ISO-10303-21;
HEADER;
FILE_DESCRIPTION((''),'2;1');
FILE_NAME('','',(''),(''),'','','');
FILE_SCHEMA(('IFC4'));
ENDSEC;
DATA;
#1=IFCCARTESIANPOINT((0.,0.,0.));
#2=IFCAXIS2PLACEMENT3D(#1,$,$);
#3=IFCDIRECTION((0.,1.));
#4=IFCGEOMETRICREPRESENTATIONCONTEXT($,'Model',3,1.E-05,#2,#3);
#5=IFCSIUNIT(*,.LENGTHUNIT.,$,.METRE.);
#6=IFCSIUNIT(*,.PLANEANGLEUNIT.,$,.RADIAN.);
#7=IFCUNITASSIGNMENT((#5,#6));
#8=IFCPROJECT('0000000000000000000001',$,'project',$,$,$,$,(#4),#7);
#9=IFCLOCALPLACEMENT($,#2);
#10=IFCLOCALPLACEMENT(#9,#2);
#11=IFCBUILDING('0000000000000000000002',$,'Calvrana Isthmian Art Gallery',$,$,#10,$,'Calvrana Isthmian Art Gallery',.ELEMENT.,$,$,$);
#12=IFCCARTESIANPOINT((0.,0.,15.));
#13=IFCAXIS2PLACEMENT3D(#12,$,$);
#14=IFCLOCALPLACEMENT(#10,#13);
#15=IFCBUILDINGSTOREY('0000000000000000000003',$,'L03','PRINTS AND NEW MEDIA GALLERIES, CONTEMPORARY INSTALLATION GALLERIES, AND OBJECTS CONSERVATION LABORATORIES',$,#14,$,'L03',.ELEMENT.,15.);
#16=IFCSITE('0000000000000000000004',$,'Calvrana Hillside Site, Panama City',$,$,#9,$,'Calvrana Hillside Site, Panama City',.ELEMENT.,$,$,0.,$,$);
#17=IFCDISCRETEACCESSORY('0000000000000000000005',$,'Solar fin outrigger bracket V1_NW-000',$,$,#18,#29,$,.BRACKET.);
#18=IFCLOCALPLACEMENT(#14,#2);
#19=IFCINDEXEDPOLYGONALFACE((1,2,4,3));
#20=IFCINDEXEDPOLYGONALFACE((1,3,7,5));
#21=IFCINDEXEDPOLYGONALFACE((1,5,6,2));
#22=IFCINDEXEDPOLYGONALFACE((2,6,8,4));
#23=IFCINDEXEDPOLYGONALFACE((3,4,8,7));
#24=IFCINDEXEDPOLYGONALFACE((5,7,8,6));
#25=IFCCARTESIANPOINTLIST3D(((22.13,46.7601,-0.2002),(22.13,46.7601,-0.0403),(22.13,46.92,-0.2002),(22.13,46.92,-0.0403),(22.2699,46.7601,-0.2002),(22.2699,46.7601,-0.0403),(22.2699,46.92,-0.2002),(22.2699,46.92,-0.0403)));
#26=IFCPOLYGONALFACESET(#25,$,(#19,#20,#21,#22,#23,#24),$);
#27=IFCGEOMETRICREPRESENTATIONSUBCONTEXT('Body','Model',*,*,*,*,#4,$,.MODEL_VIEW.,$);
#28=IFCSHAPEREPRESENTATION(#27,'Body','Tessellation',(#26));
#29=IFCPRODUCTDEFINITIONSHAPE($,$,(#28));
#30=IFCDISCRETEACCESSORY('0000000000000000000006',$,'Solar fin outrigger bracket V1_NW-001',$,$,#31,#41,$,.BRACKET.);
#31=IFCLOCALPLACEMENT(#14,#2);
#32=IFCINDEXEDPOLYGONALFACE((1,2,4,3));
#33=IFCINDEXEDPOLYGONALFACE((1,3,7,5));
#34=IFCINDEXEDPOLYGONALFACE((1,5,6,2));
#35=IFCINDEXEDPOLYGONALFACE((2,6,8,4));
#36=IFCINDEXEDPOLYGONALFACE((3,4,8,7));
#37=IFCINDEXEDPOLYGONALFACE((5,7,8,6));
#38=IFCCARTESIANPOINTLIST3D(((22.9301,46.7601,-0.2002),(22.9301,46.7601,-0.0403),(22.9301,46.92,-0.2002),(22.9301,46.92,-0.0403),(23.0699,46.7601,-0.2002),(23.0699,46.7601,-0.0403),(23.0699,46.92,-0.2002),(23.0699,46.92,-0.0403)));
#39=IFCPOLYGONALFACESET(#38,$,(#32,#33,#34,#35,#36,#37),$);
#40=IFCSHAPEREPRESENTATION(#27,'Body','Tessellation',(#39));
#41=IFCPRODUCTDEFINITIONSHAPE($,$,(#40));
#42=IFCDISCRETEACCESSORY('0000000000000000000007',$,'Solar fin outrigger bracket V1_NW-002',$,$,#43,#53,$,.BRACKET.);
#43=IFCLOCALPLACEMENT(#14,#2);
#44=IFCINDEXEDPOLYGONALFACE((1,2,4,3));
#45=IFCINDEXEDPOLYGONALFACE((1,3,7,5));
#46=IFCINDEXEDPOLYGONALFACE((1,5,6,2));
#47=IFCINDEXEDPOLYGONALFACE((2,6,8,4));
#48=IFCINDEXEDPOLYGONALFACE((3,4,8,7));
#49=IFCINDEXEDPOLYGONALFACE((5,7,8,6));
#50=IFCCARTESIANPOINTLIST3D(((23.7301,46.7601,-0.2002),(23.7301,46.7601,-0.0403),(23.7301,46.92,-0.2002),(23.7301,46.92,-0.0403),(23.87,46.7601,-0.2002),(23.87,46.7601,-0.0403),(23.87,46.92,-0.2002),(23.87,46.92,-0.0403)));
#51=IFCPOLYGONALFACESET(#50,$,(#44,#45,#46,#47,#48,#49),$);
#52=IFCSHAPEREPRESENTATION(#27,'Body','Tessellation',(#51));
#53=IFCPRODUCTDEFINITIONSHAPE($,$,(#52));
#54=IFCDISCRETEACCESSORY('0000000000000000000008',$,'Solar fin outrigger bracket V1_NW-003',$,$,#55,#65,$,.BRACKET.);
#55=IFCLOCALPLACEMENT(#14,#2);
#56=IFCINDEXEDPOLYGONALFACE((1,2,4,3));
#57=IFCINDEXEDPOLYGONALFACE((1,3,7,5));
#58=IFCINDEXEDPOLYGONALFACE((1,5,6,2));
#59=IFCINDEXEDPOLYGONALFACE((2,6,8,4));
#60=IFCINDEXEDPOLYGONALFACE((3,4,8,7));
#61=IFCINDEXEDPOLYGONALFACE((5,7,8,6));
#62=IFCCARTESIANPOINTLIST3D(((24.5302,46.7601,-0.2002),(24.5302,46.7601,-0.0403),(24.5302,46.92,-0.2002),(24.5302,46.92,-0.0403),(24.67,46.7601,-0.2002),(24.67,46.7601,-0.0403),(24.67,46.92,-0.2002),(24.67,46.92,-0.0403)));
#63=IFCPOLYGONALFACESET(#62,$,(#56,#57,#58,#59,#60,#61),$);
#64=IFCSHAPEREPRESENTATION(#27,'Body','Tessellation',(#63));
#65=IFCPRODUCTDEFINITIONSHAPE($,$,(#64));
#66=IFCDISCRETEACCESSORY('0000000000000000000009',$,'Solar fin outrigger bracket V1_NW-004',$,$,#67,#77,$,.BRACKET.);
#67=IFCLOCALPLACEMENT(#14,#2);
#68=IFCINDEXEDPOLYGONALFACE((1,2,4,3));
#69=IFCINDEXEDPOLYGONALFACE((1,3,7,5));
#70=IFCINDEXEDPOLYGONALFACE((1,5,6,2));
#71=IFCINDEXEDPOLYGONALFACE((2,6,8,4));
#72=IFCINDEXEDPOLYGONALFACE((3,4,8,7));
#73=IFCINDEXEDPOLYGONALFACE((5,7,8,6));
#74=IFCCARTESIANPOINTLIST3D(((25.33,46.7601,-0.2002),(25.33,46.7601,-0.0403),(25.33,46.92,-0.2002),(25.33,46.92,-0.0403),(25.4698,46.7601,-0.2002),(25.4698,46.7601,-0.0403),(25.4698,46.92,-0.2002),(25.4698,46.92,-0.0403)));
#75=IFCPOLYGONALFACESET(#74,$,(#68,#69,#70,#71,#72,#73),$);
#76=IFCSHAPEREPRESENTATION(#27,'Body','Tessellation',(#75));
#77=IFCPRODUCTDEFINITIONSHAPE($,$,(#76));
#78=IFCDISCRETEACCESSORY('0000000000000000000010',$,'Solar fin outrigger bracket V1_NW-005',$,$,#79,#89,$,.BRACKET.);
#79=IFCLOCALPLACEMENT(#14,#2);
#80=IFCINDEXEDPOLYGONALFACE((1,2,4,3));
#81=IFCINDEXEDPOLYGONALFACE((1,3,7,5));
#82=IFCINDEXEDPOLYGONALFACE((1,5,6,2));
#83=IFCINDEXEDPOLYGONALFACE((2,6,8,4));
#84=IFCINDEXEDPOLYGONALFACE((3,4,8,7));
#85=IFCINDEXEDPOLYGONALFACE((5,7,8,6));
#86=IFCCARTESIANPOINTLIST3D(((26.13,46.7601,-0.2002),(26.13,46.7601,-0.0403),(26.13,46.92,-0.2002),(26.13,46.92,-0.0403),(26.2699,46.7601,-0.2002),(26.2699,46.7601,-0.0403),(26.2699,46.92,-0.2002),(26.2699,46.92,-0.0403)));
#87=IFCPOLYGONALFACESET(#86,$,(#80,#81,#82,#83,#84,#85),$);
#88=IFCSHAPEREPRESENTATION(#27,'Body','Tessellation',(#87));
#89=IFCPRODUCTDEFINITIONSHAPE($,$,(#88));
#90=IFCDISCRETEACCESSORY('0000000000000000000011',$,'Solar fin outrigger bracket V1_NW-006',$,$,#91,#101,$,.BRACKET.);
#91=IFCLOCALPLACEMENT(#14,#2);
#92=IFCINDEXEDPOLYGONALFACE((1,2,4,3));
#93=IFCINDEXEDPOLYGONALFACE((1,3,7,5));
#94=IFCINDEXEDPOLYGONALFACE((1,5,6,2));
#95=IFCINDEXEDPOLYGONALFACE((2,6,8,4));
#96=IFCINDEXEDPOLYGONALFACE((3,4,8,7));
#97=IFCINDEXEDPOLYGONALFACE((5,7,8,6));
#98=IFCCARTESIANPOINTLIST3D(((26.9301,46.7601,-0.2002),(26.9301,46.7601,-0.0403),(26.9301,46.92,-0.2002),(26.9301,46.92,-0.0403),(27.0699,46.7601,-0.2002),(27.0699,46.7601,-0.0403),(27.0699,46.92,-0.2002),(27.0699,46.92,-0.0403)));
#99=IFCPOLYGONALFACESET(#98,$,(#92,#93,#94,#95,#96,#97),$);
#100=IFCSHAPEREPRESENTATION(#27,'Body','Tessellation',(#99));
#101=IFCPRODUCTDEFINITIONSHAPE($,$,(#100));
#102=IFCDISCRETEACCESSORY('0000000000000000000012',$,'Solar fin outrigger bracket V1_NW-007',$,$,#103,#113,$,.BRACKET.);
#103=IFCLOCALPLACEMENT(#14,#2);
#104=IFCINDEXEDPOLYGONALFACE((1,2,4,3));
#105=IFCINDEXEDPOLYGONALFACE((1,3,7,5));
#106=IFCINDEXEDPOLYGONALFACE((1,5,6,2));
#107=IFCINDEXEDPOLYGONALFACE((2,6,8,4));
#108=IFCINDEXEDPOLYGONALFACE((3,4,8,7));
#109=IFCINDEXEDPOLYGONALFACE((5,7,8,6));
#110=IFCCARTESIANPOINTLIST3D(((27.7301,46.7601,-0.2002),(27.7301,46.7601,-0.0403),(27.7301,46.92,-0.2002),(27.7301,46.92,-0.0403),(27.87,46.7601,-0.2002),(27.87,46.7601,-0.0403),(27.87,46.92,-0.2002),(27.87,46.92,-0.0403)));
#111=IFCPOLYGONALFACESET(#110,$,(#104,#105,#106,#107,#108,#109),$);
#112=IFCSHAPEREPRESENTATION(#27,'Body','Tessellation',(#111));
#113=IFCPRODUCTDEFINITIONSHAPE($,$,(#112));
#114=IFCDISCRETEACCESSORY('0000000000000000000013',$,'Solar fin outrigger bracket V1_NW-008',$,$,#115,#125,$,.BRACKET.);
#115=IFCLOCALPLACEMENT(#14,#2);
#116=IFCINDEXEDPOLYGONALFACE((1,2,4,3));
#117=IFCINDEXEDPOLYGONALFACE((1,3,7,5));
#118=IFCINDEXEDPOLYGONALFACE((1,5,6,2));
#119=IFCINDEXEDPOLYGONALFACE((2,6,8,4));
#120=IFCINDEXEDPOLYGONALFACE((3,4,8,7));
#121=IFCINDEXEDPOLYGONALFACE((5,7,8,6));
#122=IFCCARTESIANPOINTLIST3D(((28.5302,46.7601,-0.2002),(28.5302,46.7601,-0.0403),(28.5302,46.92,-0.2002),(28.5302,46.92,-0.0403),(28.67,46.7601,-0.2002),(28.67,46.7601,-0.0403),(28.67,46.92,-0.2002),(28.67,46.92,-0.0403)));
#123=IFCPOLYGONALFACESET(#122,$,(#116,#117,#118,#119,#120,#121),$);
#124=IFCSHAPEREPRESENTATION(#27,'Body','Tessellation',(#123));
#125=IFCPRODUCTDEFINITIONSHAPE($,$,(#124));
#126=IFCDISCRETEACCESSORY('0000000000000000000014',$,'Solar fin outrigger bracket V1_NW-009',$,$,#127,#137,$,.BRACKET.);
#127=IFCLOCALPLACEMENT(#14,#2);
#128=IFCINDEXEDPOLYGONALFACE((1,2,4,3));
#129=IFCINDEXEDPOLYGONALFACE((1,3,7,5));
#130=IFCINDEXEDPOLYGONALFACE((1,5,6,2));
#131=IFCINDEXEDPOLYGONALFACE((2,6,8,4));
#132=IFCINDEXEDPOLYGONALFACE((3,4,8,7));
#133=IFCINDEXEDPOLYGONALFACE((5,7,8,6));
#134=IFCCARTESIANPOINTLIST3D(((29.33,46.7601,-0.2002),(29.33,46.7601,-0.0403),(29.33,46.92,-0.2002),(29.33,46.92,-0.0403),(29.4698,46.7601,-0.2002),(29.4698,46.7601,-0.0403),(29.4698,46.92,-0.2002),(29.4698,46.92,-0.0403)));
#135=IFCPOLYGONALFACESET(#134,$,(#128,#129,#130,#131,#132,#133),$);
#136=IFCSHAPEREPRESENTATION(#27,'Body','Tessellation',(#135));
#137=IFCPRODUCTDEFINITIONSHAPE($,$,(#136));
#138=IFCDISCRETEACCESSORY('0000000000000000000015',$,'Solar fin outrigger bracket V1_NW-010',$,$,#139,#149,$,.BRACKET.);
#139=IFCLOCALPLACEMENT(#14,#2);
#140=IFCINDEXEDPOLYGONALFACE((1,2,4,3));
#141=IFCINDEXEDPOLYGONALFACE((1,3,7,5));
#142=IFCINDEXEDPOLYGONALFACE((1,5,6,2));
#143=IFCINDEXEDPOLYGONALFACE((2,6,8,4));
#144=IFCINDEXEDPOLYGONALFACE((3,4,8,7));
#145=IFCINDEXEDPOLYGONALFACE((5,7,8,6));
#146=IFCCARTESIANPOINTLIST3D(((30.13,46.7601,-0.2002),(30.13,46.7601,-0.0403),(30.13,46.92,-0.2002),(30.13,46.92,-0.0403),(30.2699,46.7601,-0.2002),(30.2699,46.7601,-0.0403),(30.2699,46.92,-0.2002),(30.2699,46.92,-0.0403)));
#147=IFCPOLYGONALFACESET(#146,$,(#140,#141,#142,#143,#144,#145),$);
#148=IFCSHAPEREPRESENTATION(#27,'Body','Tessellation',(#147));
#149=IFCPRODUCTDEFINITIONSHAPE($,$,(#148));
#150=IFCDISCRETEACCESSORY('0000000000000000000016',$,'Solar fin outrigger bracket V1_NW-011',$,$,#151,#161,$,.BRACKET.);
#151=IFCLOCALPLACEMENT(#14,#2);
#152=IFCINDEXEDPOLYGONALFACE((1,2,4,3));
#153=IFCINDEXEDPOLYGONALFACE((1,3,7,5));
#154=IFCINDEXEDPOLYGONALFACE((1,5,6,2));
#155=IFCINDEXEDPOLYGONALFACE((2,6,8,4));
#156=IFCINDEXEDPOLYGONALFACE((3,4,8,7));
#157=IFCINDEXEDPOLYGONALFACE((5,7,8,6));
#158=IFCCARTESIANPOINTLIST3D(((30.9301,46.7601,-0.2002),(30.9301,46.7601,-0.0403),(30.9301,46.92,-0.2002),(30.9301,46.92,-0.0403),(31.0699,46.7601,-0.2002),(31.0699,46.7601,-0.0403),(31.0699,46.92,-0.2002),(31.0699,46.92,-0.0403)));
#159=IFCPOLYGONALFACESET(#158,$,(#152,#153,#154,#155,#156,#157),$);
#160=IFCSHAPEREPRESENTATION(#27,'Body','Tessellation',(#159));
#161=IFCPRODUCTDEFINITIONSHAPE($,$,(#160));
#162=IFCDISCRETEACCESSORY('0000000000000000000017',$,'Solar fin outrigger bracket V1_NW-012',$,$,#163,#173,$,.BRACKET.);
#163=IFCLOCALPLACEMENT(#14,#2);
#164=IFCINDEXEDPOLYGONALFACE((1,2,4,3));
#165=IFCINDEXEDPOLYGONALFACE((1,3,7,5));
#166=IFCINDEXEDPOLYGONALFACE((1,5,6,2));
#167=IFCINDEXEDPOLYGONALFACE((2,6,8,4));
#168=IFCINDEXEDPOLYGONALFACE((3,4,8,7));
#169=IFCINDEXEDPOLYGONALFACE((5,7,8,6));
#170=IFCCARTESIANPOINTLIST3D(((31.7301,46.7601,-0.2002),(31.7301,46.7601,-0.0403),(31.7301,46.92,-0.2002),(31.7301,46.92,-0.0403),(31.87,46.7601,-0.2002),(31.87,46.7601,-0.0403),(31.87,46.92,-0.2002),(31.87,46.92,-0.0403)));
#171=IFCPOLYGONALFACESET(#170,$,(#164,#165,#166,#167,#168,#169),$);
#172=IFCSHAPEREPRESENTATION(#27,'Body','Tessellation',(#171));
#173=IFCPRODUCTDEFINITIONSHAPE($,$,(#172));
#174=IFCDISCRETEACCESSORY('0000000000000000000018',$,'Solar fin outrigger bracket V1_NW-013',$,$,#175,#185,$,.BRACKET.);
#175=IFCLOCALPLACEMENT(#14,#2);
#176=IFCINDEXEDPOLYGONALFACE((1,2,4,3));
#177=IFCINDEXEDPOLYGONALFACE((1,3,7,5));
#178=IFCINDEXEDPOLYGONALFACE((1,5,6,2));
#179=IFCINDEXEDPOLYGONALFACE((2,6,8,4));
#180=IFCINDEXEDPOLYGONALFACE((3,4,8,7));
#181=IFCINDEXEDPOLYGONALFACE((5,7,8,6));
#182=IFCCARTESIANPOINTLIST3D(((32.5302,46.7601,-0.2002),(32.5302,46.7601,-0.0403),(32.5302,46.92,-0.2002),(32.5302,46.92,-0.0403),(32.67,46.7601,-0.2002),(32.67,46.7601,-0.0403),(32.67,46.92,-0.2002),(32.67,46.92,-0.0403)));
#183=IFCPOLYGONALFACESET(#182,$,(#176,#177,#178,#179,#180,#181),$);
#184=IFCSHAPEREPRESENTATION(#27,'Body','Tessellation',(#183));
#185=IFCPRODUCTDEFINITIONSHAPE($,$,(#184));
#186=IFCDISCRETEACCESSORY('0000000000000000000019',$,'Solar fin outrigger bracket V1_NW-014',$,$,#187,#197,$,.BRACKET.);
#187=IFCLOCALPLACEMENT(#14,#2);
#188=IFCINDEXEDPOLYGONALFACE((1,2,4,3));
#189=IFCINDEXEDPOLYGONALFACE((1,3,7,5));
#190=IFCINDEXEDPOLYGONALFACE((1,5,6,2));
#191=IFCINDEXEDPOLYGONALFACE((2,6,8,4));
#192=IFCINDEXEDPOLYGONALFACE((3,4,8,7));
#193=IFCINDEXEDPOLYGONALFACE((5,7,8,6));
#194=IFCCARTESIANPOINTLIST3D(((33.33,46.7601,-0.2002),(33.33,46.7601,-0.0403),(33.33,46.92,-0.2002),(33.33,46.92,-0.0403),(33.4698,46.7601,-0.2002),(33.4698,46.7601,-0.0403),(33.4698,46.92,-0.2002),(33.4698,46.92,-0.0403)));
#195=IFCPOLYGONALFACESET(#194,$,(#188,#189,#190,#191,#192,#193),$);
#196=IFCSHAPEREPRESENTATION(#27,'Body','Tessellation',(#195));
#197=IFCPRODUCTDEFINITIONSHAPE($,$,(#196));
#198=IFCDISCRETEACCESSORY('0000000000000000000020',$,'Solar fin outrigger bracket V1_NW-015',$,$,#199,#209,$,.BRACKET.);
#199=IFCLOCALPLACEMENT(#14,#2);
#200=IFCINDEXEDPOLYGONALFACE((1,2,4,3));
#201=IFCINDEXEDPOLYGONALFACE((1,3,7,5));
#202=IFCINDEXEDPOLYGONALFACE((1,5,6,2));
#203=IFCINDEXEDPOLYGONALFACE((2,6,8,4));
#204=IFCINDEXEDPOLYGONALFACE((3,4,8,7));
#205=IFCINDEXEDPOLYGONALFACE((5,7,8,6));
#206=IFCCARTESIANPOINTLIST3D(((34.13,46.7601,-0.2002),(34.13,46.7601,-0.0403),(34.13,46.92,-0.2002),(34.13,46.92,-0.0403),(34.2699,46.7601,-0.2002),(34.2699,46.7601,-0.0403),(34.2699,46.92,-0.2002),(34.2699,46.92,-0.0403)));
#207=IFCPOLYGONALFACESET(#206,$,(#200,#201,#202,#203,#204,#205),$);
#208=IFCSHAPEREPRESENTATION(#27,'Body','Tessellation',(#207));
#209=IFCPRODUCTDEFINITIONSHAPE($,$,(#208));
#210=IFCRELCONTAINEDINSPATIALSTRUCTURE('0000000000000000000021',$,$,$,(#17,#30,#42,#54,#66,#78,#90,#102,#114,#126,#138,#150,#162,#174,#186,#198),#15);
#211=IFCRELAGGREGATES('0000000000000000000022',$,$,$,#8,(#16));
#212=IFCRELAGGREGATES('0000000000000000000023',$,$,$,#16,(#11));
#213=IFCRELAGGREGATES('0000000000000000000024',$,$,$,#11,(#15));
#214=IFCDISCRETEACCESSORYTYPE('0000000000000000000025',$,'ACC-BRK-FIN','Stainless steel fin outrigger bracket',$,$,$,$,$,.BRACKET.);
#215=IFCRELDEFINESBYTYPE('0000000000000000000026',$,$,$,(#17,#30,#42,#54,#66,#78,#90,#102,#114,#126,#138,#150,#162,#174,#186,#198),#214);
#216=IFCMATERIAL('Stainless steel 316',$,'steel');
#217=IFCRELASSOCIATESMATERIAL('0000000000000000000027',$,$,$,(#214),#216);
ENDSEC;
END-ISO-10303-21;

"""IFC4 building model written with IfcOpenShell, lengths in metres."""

from ifc_helpers import new_model, si_unit, direction, frame, origin, origin_2d, place, context, subcontext, project, spatial, rectangle, extrude, material, type_object, element, save


model = new_model("IFC4")

# Units and contexts
model_context = context("Model", 3, precision=1e-05, world=origin(), true_north=direction((0.0, 1.0)))
body_context = subcontext(model_context, "Body", "Model", "MODEL_VIEW")
ifc_project = project(units=[si_unit("LENGTHUNIT", "METRE"), si_unit("PLANEANGLEUNIT", "RADIAN")], contexts=[model_context])

# Site, building, storey
site_placement = place(None, origin())
site = spatial("IfcSite", under=ifc_project, at=site_placement, Name="Calvrana Hillside Site, Panama City", LongName="Calvrana Hillside Site, Panama City", CompositionType="ELEMENT", RefElevation=0.0)
building_placement = place(site_placement, origin())
building = spatial("IfcBuilding", under=site, at=building_placement, Name="Calvrana Isthmian Art Gallery", LongName="Calvrana Isthmian Art Gallery", CompositionType="ELEMENT")
storey_placement = place(building_placement, frame((0.0, 0.0, 15.0)))
storey = spatial("IfcBuildingStorey", under=building, at=storey_placement, Name="L03", Description="PRINTS AND NEW MEDIA GALLERIES, CONTEMPORARY INSTALLATION GALLERIES, AND OBJECTS CONSERVATION LABORATORIES", LongName="L03", CompositionType="ELEMENT", Elevation=15.0)

# Discrete accessories
ifc_material_1 = material(Name="Stainless steel 316", Category="steel")
discrete_accessory_type = type_object("IfcDiscreteAccessoryType", Name="ACC-BRK-FIN", Description="Stainless steel fin outrigger bracket", PredefinedType="BRACKET", material=ifc_material_1)
for number, where, z_axis, x_axis, name in (
    (1, (22.2, 46.8401, -0.2002), (0.0, 0.0, 1.0), (1.0, 0.0, 0.0), "Solar fin outrigger bracket V1_NW-000"),
    (2, (23.0, 46.8401, -0.2002), (0.0, 0.0, 1.0), (1.0, 0.0, 0.0), "Solar fin outrigger bracket V1_NW-001"),
    (3, (23.8, 46.8401, -0.2002), (0.0, 0.0, 1.0), (1.0, 0.0, 0.0), "Solar fin outrigger bracket V1_NW-002"),
    (4, (24.6001, 46.8401, -0.2002), (0.0, 0.0, 1.0), (1.0, 0.0, 0.0), "Solar fin outrigger bracket V1_NW-003"),
    (5, (25.3999, 46.8401, -0.2002), (0.0, 0.0, 1.0), (1.0, 0.0, 0.0), "Solar fin outrigger bracket V1_NW-004"),
    (6, (26.2, 46.8401, -0.2002), (0.0, 0.0, 1.0), (1.0, 0.0, 0.0), "Solar fin outrigger bracket V1_NW-005"),
    (7, (27.0, 46.8401, -0.2002), (0.0, 0.0, 1.0), (1.0, 0.0, 0.0), "Solar fin outrigger bracket V1_NW-006"),
    (8, (27.8, 46.8401, -0.2002), (0.0, 0.0, 1.0), (1.0, 0.0, 0.0), "Solar fin outrigger bracket V1_NW-007"),
    (9, (28.6001, 46.8401, -0.2002), (0.0, 0.0, 1.0), (1.0, 0.0, 0.0), "Solar fin outrigger bracket V1_NW-008"),
    (10, (29.3999, 46.8401, -0.2002), (0.0, 0.0, 1.0), (1.0, 0.0, 0.0), "Solar fin outrigger bracket V1_NW-009"),
    (11, (30.2, 46.8401, -0.2002), (0.0, 0.0, 1.0), (1.0, 0.0, 0.0), "Solar fin outrigger bracket V1_NW-010"),
    (12, (31.0, 46.8401, -0.2002), (0.0, 0.0, 1.0), (1.0, 0.0, 0.0), "Solar fin outrigger bracket V1_NW-011"),
    (13, (31.8, 46.8401, -0.2002), (0.0, 0.0, 1.0), (1.0, 0.0, 0.0), "Solar fin outrigger bracket V1_NW-012"),
    (14, (32.6001, 46.8401, -0.2002), (0.0, 0.0, 1.0), (1.0, 0.0, 0.0), "Solar fin outrigger bracket V1_NW-013"),
    (15, (33.3999, 46.8401, -0.2002), (0.0, 0.0, 1.0), (1.0, 0.0, 0.0), "Solar fin outrigger bracket V1_NW-014"),
    (16, (34.2, 46.8401, -0.2002), (0.0, 0.0, 1.0), (1.0, 0.0, 0.0), "Solar fin outrigger bracket V1_NW-015"),
):
    element("IfcDiscreteAccessory", number, at=place(storey_placement, frame(where, z_axis=z_axis, x_axis=x_axis)), inside=storey, type_object=discrete_accessory_type, Name=name, PredefinedType="BRACKET", context=body_context, shape_type="SweptSolid", body=[
        extrude(rectangle(XDim=0.1399, YDim=0.1599, at=origin_2d()), origin(), (0.0, 0.0, 1.0), 0.1599),
    ])

save(model, "model.ifc")
